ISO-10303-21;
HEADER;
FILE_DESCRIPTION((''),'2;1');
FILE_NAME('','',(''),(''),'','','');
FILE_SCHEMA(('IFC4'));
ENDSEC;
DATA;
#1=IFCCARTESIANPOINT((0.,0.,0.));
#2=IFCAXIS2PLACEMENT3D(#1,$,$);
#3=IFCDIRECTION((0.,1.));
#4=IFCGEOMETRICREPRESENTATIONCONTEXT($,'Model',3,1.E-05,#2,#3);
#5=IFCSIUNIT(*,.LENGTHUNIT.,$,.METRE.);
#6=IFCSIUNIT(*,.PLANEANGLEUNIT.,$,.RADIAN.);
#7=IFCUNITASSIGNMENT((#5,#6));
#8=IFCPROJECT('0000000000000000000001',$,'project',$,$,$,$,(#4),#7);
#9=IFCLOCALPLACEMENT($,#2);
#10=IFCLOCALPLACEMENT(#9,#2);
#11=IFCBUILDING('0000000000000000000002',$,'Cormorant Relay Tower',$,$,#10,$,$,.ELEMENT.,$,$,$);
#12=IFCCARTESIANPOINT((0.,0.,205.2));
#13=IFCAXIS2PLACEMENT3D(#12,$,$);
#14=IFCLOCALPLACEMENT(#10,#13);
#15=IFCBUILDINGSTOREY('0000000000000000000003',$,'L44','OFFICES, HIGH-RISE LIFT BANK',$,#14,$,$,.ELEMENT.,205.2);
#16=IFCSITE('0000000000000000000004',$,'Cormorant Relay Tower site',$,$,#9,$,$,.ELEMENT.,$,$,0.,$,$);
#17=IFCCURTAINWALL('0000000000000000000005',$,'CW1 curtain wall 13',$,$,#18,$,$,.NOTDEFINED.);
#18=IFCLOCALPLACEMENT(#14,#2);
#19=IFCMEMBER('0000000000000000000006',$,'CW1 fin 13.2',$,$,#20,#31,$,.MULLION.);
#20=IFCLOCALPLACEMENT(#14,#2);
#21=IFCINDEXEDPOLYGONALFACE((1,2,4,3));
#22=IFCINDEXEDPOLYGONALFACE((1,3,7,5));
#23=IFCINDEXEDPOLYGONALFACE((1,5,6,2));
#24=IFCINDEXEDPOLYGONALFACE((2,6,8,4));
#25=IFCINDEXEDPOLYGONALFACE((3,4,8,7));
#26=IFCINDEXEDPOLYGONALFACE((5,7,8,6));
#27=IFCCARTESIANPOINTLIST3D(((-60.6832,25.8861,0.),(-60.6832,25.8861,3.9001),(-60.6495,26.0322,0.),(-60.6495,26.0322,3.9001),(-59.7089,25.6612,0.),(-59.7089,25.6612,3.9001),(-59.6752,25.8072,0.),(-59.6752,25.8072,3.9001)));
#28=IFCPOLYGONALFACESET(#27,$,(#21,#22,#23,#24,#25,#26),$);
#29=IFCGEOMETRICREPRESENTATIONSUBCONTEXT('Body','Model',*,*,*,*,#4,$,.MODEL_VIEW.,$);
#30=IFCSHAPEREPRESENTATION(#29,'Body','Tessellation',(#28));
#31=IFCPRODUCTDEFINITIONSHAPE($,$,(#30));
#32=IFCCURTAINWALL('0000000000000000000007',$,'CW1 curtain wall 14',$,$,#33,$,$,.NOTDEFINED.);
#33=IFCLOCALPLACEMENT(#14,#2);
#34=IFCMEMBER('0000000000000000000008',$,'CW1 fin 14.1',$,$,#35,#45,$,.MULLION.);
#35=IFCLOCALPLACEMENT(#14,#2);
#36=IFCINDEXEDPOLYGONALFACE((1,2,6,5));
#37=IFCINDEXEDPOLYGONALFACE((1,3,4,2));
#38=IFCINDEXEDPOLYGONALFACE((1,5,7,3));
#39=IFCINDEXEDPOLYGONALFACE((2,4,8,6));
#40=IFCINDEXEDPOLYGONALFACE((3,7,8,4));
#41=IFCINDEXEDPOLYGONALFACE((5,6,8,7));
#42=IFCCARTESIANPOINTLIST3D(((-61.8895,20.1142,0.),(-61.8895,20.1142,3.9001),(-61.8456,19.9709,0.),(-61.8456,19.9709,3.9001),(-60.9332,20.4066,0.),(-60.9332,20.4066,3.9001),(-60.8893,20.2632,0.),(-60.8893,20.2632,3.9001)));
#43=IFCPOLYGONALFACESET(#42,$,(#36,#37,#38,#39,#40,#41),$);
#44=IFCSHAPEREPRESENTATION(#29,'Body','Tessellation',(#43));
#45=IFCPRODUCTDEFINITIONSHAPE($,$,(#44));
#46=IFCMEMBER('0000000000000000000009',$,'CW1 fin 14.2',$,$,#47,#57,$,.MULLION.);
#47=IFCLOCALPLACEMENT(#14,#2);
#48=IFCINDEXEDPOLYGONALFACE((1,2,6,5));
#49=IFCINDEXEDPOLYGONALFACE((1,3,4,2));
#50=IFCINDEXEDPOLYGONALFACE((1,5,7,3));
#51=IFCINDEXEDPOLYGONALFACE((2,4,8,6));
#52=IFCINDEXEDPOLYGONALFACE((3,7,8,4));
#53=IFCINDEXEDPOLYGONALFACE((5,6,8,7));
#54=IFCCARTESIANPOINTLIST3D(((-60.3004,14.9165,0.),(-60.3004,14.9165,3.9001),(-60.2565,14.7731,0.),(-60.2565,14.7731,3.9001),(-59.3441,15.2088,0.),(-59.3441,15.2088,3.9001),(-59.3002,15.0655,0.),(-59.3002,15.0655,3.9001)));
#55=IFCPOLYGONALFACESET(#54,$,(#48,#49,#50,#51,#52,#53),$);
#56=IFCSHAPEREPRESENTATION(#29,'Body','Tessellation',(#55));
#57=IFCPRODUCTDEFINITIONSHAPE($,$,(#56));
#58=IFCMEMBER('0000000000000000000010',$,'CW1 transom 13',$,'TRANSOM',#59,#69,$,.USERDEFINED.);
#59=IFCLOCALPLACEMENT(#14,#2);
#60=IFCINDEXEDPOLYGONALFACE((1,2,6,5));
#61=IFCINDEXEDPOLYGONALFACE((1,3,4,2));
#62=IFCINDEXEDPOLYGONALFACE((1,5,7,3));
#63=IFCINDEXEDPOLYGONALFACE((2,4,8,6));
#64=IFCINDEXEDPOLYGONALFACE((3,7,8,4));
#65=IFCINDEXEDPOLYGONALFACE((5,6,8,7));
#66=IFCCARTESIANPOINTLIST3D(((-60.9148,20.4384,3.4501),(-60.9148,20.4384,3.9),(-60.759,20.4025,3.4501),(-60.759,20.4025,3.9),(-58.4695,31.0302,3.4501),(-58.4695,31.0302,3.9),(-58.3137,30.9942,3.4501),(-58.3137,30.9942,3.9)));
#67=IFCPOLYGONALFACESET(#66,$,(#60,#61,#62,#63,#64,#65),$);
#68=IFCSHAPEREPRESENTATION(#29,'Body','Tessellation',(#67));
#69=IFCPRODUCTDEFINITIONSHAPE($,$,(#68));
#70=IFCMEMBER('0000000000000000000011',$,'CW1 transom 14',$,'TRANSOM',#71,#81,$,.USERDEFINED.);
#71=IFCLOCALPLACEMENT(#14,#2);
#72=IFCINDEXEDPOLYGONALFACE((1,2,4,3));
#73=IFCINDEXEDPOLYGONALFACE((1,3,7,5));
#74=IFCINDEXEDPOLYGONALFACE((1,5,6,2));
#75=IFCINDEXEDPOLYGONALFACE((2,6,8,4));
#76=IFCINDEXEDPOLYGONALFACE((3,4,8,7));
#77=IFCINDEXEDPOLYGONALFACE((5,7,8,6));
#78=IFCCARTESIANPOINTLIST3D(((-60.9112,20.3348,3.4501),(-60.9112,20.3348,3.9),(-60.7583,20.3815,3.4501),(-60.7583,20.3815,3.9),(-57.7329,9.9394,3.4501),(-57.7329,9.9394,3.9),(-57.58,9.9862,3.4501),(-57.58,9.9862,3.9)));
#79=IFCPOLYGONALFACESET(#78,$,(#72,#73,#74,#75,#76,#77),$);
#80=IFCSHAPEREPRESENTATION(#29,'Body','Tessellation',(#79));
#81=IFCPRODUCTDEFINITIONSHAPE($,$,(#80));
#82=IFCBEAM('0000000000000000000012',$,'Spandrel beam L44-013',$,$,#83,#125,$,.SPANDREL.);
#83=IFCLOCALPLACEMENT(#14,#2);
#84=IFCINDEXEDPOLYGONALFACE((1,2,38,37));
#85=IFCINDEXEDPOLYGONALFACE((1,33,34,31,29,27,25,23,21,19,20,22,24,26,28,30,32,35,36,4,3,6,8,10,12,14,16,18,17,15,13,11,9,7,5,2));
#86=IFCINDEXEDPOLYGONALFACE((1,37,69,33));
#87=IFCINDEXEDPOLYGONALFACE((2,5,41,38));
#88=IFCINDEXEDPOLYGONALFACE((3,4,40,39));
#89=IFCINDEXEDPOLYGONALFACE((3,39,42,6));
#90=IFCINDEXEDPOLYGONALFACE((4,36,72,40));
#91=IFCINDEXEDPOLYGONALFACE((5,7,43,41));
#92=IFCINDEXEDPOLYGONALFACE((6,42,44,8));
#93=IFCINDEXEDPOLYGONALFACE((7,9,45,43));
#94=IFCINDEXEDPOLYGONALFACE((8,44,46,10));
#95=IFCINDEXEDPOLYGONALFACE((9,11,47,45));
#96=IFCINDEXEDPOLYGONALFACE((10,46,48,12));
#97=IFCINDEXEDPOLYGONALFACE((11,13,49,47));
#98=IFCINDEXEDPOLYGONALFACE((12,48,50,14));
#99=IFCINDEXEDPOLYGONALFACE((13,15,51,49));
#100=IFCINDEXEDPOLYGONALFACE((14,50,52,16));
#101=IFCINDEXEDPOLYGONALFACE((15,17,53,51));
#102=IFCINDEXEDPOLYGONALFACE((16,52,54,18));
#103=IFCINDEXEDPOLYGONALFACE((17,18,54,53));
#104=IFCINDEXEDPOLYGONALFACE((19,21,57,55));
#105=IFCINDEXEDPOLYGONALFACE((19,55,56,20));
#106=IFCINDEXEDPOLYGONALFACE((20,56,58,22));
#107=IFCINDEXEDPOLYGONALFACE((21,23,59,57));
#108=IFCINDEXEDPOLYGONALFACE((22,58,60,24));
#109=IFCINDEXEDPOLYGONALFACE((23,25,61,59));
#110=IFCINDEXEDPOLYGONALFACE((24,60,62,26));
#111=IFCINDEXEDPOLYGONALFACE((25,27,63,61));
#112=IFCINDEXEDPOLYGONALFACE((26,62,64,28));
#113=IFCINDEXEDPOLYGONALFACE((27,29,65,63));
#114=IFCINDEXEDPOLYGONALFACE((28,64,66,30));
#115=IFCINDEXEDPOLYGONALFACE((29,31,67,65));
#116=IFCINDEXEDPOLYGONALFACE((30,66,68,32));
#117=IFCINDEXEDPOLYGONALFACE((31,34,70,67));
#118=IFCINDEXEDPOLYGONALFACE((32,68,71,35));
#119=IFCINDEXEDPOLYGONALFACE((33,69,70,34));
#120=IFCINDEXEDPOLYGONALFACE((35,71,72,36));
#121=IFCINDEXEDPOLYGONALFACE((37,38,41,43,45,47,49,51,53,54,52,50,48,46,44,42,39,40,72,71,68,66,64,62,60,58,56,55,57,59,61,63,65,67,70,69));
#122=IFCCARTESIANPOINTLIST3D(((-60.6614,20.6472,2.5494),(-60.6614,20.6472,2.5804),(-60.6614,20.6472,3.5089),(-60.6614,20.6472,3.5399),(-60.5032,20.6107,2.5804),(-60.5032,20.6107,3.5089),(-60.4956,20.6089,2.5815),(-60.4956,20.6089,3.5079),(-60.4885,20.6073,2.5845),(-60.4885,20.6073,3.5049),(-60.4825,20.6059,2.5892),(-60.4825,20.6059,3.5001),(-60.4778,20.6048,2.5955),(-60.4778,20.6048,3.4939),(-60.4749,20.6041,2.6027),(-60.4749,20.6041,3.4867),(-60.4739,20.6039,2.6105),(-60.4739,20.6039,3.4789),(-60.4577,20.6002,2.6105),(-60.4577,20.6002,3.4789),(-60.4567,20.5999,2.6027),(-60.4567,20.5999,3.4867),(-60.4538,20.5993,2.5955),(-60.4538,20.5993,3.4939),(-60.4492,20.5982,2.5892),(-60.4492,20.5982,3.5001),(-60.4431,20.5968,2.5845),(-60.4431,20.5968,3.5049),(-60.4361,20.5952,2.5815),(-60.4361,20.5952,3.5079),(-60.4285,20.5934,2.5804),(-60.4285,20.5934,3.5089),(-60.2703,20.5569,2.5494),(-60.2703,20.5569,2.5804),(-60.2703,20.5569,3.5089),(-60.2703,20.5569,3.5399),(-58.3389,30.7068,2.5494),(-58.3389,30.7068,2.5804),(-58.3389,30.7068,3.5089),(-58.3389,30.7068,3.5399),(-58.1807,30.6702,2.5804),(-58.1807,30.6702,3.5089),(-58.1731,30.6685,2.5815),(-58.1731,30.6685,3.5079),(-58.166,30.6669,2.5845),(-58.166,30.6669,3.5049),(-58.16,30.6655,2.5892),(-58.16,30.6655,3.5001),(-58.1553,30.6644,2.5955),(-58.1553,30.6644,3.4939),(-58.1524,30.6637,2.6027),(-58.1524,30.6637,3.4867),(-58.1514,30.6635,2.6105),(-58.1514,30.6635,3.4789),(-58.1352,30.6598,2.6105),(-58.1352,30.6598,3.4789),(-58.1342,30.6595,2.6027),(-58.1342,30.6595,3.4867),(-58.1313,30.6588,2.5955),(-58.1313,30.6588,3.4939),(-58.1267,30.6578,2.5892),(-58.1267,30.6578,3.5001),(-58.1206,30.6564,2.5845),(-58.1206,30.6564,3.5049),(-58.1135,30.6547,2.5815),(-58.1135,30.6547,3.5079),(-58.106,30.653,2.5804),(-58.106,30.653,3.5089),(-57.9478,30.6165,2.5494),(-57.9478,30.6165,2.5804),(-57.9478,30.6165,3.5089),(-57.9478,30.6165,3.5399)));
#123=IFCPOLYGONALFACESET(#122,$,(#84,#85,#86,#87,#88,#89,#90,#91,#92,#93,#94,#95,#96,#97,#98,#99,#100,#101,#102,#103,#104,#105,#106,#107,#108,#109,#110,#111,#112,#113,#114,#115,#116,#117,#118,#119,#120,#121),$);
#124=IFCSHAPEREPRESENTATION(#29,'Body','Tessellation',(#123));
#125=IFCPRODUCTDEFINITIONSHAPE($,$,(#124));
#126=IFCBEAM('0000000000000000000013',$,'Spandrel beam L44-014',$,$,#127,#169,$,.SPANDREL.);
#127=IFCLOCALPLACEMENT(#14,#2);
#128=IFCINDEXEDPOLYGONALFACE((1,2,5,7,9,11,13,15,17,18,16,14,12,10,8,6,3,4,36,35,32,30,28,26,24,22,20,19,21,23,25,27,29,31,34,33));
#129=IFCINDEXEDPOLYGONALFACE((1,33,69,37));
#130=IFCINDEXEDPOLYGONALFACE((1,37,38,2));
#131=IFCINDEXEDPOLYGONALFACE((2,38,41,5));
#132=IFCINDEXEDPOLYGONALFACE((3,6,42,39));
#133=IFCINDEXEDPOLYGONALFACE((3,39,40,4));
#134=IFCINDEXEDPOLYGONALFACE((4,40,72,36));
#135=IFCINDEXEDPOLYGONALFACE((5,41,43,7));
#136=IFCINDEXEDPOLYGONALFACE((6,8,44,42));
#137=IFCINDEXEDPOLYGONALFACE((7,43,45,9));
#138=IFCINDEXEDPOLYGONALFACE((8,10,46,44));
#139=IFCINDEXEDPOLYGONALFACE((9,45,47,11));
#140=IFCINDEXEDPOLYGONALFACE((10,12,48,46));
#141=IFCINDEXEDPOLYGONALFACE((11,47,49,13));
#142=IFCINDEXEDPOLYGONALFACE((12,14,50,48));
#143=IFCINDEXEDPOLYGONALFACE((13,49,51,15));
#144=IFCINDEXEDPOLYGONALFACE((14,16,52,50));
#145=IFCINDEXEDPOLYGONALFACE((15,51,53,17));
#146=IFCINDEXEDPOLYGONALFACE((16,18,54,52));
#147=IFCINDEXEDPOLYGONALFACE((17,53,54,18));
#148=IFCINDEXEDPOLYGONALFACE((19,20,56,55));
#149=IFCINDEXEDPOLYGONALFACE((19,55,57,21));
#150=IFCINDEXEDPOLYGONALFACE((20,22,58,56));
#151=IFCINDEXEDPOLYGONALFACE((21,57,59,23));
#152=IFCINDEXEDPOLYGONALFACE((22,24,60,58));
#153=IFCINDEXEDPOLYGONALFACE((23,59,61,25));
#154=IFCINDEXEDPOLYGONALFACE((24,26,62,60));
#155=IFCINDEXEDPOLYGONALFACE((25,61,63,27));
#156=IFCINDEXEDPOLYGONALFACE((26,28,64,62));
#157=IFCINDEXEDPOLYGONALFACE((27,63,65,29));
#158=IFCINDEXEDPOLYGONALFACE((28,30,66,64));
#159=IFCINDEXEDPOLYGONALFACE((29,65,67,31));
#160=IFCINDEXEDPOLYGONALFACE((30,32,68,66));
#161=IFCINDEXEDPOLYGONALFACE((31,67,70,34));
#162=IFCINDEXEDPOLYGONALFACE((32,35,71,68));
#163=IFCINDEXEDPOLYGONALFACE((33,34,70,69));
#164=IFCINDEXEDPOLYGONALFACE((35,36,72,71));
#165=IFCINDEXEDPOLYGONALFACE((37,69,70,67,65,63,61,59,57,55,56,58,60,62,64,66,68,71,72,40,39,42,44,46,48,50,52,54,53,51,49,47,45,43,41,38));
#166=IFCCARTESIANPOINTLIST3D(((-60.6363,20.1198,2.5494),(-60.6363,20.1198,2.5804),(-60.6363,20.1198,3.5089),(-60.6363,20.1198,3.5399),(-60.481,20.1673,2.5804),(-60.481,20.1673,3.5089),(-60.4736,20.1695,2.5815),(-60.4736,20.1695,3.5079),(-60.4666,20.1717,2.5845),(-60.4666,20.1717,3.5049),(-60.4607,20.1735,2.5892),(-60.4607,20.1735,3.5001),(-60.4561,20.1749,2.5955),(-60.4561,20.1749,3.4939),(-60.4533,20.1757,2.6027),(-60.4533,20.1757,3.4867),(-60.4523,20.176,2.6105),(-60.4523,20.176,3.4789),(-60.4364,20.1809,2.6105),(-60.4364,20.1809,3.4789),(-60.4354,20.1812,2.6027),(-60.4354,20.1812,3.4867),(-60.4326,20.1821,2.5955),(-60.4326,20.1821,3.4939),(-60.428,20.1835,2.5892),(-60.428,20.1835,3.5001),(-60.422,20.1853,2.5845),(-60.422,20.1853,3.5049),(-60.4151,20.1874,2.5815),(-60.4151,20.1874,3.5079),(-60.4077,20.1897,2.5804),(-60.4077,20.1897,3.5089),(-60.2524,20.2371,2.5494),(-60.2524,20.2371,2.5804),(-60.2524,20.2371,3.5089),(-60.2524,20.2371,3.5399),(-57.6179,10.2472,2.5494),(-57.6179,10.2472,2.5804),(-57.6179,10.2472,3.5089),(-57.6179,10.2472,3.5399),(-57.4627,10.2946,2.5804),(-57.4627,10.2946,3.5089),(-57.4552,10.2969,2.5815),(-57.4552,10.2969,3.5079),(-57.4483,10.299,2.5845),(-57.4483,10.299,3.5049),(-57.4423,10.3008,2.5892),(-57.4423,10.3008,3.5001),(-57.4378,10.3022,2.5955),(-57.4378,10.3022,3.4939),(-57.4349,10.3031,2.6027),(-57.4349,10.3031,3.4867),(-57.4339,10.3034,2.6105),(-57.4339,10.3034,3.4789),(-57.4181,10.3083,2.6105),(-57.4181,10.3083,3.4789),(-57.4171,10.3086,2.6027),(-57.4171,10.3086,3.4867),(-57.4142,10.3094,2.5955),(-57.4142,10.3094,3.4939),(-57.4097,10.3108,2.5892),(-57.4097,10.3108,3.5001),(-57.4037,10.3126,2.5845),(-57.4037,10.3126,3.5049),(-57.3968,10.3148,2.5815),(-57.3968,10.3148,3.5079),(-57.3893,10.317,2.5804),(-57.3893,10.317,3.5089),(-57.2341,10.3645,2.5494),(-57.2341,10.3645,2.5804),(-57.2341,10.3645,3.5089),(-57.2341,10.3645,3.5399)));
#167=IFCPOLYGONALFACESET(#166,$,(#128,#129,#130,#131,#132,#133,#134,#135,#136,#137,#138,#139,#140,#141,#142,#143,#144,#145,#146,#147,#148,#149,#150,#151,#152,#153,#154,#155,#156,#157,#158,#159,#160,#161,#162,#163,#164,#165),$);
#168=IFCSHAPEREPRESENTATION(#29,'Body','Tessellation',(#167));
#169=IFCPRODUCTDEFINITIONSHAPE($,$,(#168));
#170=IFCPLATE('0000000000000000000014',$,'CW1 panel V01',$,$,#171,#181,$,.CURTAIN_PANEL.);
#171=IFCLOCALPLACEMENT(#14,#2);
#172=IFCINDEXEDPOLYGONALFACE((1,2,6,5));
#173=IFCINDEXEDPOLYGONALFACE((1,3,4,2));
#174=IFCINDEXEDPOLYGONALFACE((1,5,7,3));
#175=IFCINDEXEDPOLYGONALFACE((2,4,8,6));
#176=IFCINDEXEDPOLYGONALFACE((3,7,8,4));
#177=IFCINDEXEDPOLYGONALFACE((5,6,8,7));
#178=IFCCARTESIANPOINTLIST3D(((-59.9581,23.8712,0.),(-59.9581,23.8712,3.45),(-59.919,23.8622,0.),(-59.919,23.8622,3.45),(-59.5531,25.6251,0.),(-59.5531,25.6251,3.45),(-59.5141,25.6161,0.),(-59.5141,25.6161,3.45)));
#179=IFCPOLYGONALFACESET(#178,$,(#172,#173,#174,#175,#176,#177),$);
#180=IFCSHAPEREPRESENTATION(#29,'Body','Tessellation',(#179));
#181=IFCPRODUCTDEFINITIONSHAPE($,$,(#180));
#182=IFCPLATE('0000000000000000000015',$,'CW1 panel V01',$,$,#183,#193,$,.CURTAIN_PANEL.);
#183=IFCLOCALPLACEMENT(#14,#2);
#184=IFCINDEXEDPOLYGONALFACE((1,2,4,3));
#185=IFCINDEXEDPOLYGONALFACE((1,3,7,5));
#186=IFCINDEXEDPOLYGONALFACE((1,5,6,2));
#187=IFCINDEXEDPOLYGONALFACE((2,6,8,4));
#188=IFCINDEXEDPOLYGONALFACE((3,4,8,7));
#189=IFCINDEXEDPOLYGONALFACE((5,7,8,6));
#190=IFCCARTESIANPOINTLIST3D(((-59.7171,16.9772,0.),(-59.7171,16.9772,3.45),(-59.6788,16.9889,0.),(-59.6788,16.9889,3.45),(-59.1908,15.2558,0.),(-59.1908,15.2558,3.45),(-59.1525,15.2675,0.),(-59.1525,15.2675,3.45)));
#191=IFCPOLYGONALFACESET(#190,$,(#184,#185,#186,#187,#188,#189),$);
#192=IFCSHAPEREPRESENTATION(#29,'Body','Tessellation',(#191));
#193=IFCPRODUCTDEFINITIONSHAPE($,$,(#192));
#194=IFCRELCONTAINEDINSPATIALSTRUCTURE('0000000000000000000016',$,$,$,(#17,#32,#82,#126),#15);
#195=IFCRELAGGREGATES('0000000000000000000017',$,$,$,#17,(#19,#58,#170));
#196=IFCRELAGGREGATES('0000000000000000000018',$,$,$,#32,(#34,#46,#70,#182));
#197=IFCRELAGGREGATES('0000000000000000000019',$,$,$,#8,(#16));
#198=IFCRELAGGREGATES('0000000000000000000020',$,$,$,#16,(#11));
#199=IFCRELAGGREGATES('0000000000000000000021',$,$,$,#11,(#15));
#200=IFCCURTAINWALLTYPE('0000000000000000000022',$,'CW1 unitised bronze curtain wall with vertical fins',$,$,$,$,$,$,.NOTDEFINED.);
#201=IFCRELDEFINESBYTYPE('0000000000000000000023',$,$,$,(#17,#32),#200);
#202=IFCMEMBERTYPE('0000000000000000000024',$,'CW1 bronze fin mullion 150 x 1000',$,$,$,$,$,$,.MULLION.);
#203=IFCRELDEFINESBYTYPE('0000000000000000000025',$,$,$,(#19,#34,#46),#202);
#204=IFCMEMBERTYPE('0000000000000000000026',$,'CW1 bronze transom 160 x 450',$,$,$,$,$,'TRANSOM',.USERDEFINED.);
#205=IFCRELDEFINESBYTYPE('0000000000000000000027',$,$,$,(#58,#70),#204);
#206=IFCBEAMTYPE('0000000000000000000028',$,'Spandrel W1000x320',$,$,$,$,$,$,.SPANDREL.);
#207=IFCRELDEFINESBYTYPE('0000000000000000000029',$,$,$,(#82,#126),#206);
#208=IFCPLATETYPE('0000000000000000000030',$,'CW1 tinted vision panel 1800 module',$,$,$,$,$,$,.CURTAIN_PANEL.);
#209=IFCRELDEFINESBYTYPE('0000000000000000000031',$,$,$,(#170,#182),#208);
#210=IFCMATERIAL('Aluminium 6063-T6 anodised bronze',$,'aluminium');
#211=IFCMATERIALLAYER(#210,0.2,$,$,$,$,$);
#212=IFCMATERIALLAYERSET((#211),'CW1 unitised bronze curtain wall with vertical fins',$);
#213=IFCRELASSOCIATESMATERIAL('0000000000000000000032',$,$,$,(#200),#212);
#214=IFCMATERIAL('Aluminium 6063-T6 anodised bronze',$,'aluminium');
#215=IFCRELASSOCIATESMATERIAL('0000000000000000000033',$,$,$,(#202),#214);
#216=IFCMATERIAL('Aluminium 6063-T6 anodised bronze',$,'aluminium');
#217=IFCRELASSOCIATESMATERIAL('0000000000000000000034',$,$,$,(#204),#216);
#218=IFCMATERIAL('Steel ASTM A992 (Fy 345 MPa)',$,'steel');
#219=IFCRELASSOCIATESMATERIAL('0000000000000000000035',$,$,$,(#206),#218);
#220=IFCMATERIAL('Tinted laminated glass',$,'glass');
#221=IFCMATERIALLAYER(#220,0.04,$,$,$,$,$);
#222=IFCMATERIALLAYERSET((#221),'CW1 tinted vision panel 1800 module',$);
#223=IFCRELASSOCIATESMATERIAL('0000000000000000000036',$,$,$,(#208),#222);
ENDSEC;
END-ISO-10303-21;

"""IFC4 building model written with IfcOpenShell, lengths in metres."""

from ifc_helpers import new_model, si_unit, direction, frame, origin, origin_2d, place, context, subcontext, project, spatial, rectangle, i_section, extrude, material, layer, layer_set, material_profile, profile_set, type_object, element, aggregate, save


model = new_model("IFC4")

# Units and contexts
model_context = context("Model", 3, precision=1e-05, world=origin(), true_north=direction((0.0, 1.0)))
body_context = subcontext(model_context, "Body", "Model", "MODEL_VIEW")
ifc_project = project(units=[si_unit("LENGTHUNIT", "METRE"), si_unit("PLANEANGLEUNIT", "RADIAN")], contexts=[model_context])

# Site, building, storey
site_placement = place(None, origin())
site = spatial("IfcSite", under=ifc_project, at=site_placement, Name="Cormorant Relay Tower site", CompositionType="ELEMENT", RefElevation=0.0)
building_placement = place(site_placement, origin())
building = spatial("IfcBuilding", under=site, at=building_placement, Name="Cormorant Relay Tower", CompositionType="ELEMENT")
storey_placement = place(building_placement, frame((0.0, 0.0, 205.2)))
storey = spatial("IfcBuildingStorey", under=building, at=storey_placement, Name="L44", Description="OFFICES, HIGH-RISE LIFT BANK", CompositionType="ELEMENT", Elevation=205.2)

# Curtain walls, members
ifc_material_1 = material(Name="Aluminium 6063-T6 anodised bronze", Category="aluminium")
ifc_layer_1 = layer(ifc_material_1, 0.2)
ifc_layer_set_1 = layer_set([ifc_layer_1], Name="CW1 unitised bronze curtain wall with vertical fins")
curtain_wall_type = type_object("IfcCurtainWallType", Name="CW1 unitised bronze curtain wall with vertical fins", PredefinedType="NOTDEFINED", material=ifc_layer_set_1)
curtain_wall_1_placement = place(storey_placement, origin())
curtain_wall_1 = element("IfcCurtainWall", 1, at=curtain_wall_1_placement, inside=storey, type_object=curtain_wall_type, Name="CW1 curtain wall 13", PredefinedType="NOTDEFINED")
ifc_material_2 = material(Name="Aluminium 6063-T6 anodised bronze", Category="aluminium")
ifc_material_profile_1 = material_profile(ifc_material_2, rectangle(XDim=0.1499, YDim=1.0, at=origin_2d()), Name="AL 150x1000")
ifc_profile_set_1 = profile_set([ifc_material_profile_1], Name="Aluminium 6063-T6 anodised bronze")
member_type_1 = type_object("IfcMemberType", Name="CW1 bronze fin mullion 150 x 1000", PredefinedType="MULLION", material=ifc_profile_set_1)
member_1_placement = place(storey_placement, frame((-60.1792, 25.8467, 0.0), z_axis=(0.0, 0.0, 1.0), x_axis=(-0.224951, -0.97437, 0.0)))
member_1 = element("IfcMember", 2, at=member_1_placement, type_object=member_type_1, Name="CW1 fin 13.2", PredefinedType="MULLION", context=body_context, shape_type="SweptSolid", body=[
    extrude(rectangle(XDim=0.1499, YDim=1.0, at=origin_2d()), origin(), (0.0, 0.0, 1.0), 3.9001),
])
curtain_wall_2_placement = place(storey_placement, origin())
curtain_wall_2 = element("IfcCurtainWall", 3, at=curtain_wall_2_placement, inside=storey, type_object=curtain_wall_type, Name="CW1 curtain wall 14", PredefinedType="NOTDEFINED")
member_2_placement = place(storey_placement, frame((-61.3894, 20.1887, 0.0), z_axis=(0.0, 0.0, 1.0), x_axis=(0.292372, -0.956305, 0.0)))
member_2 = element("IfcMember", 4, at=member_2_placement, type_object=member_type_1, Name="CW1 fin 14.1", PredefinedType="MULLION", context=body_context, shape_type="SweptSolid", body=[
    extrude(rectangle(XDim=0.1499, YDim=1.0, at=origin_2d()), origin(), (0.0, 0.0, 1.0), 3.9001),
])
member_3_placement = place(storey_placement, frame((-59.8003, 14.991, 0.0), z_axis=(0.0, 0.0, 1.0), x_axis=(0.292372, -0.956305, 0.0)))
member_3 = element("IfcMember", 5, at=member_3_placement, type_object=member_type_1, Name="CW1 fin 14.2", PredefinedType="MULLION", context=body_context, shape_type="SweptSolid", body=[
    extrude(rectangle(XDim=0.1499, YDim=1.0, at=origin_2d()), origin(), (0.0, 0.0, 1.0), 3.9001),
])

# Members
ifc_material_3 = material(Name="Aluminium 6063-T6 anodised bronze", Category="aluminium")
ifc_material_profile_2 = material_profile(ifc_material_3, rectangle(XDim=0.1599, YDim=0.45, at=origin_2d()), Name="AL 160x450")
ifc_profile_set_2 = profile_set([ifc_material_profile_2], Name="Aluminium 6063-T6 anodised bronze")
member_type_2 = type_object("IfcMemberType", Name="CW1 bronze transom 160 x 450", ElementType="TRANSOM", PredefinedType="USERDEFINED", material=ifc_profile_set_2)
member_4_placement = place(storey_placement, frame((-58.3916, 31.0122, 3.675), z_axis=(-0.224951, -0.97437, 0.0), x_axis=(0.97437, -0.224951, 0.0)))
member_4 = element("IfcMember", 6, at=member_4_placement, type_object=member_type_2, Name="CW1 transom 13", ObjectType="TRANSOM", PredefinedType="USERDEFINED", context=body_context, shape_type="SweptSolid", body=[
    extrude(rectangle(XDim=0.1599, YDim=0.45, at=origin_2d()), origin(), (0.0, 0.0, 1.0), 10.8704),
])
member_5_placement = place(storey_placement, frame((-60.8347, 20.3582, 3.675), z_axis=(0.292378, -0.956303, 0.0), x_axis=(0.956303, 0.292378, 0.0)))
member_5 = element("IfcMember", 7, at=member_5_placement, type_object=member_type_2, Name="CW1 transom 14", ObjectType="TRANSOM", PredefinedType="USERDEFINED", context=body_context, shape_type="SweptSolid", body=[
    extrude(rectangle(XDim=0.1599, YDim=0.45, at=origin_2d()), origin(), (0.0, 0.0, 1.0), 10.8704),
])

# Beams
ifc_material_4 = material(Name="Steel ASTM A992 (Fy 345 MPa)", Category="steel")
ifc_material_profile_3 = material_profile(ifc_material_4, i_section(OverallWidth=0.4014, OverallDepth=0.9905, WebThickness=0.0166, FlangeThickness=0.031, FilletRadius=0.03, at=origin_2d()), Name="W1000x320")
ifc_profile_set_3 = profile_set([ifc_material_profile_3], Name="Steel ASTM A992 (Fy 345 MPa)")
beam_type = type_object("IfcBeamType", Name="Spandrel W1000x320", PredefinedType="SPANDREL", material=ifc_profile_set_3)
beam_1_placement = place(storey_placement, frame((-58.1433, 30.6616, 3.0447), z_axis=(-0.224958, -0.974368, 0.0), x_axis=(0.974368, -0.224958, 0.0)))
element("IfcBeam", 8, at=beam_1_placement, inside=storey, type_object=beam_type, Name="Spandrel beam L44-013", PredefinedType="SPANDREL", context=body_context, shape_type="SweptSolid", body=[
    extrude(i_section(OverallWidth=0.4014, OverallDepth=0.9905, WebThickness=0.0166, FlangeThickness=0.031, FilletRadius=0.03, at=origin_2d()), origin(), (0.0, 0.0, 1.0), 10.3242),
])
beam_2_placement = place(storey_placement, frame((-60.4443, 20.1785, 3.0447), z_axis=(0.292369, -0.956306, 0.0), x_axis=(0.956306, 0.292369, 0.0)))
element("IfcBeam", 9, at=beam_2_placement, inside=storey, type_object=beam_type, Name="Spandrel beam L44-014", PredefinedType="SPANDREL", context=body_context, shape_type="SweptSolid", body=[
    extrude(i_section(OverallWidth=0.4014, OverallDepth=0.9905, WebThickness=0.0166, FlangeThickness=0.031, FilletRadius=0.03, at=origin_2d()), origin(), (0.0, 0.0, 1.0), 10.3237),
])

# Plates
ifc_material_5 = material(Name="Tinted laminated glass", Category="glass")
ifc_layer_2 = layer(ifc_material_5, 0.04)
ifc_layer_set_2 = layer_set([ifc_layer_2], Name="CW1 tinted vision panel 1800 module")
plate_type = type_object("IfcPlateType", Name="CW1 tinted vision panel 1800 module", PredefinedType="CURTAIN_PANEL", material=ifc_layer_set_2)
plate_1_placement = place(storey_placement, frame((-59.7361, 24.7437, 0.0), z_axis=(0.0, 0.0, 1.0), x_axis=(-0.224951, -0.97437, 0.0)))
plate_1 = element("IfcPlate", 10, at=plate_1_placement, type_object=plate_type, Name="CW1 panel V01", PredefinedType="CURTAIN_PANEL", context=body_context, shape_type="SweptSolid", body=[
    extrude(rectangle(XDim=1.8, YDim=0.04, at=origin_2d()), origin(), (0.0, 0.0, 1.0), 3.45),
])
plate_2_placement = place(storey_placement, frame((-59.4348, 16.1223, 0.0), z_axis=(0.0, 0.0, 1.0), x_axis=(0.292372, -0.956305, 0.0)))
plate_2 = element("IfcPlate", 11, at=plate_2_placement, type_object=plate_type, Name="CW1 panel V01", PredefinedType="CURTAIN_PANEL", context=body_context, shape_type="SweptSolid", body=[
    extrude(rectangle(XDim=1.8, YDim=0.04, at=origin_2d()), origin(), (0.0, 0.0, 1.0), 3.45),
])

aggregate(curtain_wall_1, [member_1, member_4, plate_1])
aggregate(curtain_wall_2, [member_2, member_3, member_5, plate_2])

save(model, "model.ifc")
